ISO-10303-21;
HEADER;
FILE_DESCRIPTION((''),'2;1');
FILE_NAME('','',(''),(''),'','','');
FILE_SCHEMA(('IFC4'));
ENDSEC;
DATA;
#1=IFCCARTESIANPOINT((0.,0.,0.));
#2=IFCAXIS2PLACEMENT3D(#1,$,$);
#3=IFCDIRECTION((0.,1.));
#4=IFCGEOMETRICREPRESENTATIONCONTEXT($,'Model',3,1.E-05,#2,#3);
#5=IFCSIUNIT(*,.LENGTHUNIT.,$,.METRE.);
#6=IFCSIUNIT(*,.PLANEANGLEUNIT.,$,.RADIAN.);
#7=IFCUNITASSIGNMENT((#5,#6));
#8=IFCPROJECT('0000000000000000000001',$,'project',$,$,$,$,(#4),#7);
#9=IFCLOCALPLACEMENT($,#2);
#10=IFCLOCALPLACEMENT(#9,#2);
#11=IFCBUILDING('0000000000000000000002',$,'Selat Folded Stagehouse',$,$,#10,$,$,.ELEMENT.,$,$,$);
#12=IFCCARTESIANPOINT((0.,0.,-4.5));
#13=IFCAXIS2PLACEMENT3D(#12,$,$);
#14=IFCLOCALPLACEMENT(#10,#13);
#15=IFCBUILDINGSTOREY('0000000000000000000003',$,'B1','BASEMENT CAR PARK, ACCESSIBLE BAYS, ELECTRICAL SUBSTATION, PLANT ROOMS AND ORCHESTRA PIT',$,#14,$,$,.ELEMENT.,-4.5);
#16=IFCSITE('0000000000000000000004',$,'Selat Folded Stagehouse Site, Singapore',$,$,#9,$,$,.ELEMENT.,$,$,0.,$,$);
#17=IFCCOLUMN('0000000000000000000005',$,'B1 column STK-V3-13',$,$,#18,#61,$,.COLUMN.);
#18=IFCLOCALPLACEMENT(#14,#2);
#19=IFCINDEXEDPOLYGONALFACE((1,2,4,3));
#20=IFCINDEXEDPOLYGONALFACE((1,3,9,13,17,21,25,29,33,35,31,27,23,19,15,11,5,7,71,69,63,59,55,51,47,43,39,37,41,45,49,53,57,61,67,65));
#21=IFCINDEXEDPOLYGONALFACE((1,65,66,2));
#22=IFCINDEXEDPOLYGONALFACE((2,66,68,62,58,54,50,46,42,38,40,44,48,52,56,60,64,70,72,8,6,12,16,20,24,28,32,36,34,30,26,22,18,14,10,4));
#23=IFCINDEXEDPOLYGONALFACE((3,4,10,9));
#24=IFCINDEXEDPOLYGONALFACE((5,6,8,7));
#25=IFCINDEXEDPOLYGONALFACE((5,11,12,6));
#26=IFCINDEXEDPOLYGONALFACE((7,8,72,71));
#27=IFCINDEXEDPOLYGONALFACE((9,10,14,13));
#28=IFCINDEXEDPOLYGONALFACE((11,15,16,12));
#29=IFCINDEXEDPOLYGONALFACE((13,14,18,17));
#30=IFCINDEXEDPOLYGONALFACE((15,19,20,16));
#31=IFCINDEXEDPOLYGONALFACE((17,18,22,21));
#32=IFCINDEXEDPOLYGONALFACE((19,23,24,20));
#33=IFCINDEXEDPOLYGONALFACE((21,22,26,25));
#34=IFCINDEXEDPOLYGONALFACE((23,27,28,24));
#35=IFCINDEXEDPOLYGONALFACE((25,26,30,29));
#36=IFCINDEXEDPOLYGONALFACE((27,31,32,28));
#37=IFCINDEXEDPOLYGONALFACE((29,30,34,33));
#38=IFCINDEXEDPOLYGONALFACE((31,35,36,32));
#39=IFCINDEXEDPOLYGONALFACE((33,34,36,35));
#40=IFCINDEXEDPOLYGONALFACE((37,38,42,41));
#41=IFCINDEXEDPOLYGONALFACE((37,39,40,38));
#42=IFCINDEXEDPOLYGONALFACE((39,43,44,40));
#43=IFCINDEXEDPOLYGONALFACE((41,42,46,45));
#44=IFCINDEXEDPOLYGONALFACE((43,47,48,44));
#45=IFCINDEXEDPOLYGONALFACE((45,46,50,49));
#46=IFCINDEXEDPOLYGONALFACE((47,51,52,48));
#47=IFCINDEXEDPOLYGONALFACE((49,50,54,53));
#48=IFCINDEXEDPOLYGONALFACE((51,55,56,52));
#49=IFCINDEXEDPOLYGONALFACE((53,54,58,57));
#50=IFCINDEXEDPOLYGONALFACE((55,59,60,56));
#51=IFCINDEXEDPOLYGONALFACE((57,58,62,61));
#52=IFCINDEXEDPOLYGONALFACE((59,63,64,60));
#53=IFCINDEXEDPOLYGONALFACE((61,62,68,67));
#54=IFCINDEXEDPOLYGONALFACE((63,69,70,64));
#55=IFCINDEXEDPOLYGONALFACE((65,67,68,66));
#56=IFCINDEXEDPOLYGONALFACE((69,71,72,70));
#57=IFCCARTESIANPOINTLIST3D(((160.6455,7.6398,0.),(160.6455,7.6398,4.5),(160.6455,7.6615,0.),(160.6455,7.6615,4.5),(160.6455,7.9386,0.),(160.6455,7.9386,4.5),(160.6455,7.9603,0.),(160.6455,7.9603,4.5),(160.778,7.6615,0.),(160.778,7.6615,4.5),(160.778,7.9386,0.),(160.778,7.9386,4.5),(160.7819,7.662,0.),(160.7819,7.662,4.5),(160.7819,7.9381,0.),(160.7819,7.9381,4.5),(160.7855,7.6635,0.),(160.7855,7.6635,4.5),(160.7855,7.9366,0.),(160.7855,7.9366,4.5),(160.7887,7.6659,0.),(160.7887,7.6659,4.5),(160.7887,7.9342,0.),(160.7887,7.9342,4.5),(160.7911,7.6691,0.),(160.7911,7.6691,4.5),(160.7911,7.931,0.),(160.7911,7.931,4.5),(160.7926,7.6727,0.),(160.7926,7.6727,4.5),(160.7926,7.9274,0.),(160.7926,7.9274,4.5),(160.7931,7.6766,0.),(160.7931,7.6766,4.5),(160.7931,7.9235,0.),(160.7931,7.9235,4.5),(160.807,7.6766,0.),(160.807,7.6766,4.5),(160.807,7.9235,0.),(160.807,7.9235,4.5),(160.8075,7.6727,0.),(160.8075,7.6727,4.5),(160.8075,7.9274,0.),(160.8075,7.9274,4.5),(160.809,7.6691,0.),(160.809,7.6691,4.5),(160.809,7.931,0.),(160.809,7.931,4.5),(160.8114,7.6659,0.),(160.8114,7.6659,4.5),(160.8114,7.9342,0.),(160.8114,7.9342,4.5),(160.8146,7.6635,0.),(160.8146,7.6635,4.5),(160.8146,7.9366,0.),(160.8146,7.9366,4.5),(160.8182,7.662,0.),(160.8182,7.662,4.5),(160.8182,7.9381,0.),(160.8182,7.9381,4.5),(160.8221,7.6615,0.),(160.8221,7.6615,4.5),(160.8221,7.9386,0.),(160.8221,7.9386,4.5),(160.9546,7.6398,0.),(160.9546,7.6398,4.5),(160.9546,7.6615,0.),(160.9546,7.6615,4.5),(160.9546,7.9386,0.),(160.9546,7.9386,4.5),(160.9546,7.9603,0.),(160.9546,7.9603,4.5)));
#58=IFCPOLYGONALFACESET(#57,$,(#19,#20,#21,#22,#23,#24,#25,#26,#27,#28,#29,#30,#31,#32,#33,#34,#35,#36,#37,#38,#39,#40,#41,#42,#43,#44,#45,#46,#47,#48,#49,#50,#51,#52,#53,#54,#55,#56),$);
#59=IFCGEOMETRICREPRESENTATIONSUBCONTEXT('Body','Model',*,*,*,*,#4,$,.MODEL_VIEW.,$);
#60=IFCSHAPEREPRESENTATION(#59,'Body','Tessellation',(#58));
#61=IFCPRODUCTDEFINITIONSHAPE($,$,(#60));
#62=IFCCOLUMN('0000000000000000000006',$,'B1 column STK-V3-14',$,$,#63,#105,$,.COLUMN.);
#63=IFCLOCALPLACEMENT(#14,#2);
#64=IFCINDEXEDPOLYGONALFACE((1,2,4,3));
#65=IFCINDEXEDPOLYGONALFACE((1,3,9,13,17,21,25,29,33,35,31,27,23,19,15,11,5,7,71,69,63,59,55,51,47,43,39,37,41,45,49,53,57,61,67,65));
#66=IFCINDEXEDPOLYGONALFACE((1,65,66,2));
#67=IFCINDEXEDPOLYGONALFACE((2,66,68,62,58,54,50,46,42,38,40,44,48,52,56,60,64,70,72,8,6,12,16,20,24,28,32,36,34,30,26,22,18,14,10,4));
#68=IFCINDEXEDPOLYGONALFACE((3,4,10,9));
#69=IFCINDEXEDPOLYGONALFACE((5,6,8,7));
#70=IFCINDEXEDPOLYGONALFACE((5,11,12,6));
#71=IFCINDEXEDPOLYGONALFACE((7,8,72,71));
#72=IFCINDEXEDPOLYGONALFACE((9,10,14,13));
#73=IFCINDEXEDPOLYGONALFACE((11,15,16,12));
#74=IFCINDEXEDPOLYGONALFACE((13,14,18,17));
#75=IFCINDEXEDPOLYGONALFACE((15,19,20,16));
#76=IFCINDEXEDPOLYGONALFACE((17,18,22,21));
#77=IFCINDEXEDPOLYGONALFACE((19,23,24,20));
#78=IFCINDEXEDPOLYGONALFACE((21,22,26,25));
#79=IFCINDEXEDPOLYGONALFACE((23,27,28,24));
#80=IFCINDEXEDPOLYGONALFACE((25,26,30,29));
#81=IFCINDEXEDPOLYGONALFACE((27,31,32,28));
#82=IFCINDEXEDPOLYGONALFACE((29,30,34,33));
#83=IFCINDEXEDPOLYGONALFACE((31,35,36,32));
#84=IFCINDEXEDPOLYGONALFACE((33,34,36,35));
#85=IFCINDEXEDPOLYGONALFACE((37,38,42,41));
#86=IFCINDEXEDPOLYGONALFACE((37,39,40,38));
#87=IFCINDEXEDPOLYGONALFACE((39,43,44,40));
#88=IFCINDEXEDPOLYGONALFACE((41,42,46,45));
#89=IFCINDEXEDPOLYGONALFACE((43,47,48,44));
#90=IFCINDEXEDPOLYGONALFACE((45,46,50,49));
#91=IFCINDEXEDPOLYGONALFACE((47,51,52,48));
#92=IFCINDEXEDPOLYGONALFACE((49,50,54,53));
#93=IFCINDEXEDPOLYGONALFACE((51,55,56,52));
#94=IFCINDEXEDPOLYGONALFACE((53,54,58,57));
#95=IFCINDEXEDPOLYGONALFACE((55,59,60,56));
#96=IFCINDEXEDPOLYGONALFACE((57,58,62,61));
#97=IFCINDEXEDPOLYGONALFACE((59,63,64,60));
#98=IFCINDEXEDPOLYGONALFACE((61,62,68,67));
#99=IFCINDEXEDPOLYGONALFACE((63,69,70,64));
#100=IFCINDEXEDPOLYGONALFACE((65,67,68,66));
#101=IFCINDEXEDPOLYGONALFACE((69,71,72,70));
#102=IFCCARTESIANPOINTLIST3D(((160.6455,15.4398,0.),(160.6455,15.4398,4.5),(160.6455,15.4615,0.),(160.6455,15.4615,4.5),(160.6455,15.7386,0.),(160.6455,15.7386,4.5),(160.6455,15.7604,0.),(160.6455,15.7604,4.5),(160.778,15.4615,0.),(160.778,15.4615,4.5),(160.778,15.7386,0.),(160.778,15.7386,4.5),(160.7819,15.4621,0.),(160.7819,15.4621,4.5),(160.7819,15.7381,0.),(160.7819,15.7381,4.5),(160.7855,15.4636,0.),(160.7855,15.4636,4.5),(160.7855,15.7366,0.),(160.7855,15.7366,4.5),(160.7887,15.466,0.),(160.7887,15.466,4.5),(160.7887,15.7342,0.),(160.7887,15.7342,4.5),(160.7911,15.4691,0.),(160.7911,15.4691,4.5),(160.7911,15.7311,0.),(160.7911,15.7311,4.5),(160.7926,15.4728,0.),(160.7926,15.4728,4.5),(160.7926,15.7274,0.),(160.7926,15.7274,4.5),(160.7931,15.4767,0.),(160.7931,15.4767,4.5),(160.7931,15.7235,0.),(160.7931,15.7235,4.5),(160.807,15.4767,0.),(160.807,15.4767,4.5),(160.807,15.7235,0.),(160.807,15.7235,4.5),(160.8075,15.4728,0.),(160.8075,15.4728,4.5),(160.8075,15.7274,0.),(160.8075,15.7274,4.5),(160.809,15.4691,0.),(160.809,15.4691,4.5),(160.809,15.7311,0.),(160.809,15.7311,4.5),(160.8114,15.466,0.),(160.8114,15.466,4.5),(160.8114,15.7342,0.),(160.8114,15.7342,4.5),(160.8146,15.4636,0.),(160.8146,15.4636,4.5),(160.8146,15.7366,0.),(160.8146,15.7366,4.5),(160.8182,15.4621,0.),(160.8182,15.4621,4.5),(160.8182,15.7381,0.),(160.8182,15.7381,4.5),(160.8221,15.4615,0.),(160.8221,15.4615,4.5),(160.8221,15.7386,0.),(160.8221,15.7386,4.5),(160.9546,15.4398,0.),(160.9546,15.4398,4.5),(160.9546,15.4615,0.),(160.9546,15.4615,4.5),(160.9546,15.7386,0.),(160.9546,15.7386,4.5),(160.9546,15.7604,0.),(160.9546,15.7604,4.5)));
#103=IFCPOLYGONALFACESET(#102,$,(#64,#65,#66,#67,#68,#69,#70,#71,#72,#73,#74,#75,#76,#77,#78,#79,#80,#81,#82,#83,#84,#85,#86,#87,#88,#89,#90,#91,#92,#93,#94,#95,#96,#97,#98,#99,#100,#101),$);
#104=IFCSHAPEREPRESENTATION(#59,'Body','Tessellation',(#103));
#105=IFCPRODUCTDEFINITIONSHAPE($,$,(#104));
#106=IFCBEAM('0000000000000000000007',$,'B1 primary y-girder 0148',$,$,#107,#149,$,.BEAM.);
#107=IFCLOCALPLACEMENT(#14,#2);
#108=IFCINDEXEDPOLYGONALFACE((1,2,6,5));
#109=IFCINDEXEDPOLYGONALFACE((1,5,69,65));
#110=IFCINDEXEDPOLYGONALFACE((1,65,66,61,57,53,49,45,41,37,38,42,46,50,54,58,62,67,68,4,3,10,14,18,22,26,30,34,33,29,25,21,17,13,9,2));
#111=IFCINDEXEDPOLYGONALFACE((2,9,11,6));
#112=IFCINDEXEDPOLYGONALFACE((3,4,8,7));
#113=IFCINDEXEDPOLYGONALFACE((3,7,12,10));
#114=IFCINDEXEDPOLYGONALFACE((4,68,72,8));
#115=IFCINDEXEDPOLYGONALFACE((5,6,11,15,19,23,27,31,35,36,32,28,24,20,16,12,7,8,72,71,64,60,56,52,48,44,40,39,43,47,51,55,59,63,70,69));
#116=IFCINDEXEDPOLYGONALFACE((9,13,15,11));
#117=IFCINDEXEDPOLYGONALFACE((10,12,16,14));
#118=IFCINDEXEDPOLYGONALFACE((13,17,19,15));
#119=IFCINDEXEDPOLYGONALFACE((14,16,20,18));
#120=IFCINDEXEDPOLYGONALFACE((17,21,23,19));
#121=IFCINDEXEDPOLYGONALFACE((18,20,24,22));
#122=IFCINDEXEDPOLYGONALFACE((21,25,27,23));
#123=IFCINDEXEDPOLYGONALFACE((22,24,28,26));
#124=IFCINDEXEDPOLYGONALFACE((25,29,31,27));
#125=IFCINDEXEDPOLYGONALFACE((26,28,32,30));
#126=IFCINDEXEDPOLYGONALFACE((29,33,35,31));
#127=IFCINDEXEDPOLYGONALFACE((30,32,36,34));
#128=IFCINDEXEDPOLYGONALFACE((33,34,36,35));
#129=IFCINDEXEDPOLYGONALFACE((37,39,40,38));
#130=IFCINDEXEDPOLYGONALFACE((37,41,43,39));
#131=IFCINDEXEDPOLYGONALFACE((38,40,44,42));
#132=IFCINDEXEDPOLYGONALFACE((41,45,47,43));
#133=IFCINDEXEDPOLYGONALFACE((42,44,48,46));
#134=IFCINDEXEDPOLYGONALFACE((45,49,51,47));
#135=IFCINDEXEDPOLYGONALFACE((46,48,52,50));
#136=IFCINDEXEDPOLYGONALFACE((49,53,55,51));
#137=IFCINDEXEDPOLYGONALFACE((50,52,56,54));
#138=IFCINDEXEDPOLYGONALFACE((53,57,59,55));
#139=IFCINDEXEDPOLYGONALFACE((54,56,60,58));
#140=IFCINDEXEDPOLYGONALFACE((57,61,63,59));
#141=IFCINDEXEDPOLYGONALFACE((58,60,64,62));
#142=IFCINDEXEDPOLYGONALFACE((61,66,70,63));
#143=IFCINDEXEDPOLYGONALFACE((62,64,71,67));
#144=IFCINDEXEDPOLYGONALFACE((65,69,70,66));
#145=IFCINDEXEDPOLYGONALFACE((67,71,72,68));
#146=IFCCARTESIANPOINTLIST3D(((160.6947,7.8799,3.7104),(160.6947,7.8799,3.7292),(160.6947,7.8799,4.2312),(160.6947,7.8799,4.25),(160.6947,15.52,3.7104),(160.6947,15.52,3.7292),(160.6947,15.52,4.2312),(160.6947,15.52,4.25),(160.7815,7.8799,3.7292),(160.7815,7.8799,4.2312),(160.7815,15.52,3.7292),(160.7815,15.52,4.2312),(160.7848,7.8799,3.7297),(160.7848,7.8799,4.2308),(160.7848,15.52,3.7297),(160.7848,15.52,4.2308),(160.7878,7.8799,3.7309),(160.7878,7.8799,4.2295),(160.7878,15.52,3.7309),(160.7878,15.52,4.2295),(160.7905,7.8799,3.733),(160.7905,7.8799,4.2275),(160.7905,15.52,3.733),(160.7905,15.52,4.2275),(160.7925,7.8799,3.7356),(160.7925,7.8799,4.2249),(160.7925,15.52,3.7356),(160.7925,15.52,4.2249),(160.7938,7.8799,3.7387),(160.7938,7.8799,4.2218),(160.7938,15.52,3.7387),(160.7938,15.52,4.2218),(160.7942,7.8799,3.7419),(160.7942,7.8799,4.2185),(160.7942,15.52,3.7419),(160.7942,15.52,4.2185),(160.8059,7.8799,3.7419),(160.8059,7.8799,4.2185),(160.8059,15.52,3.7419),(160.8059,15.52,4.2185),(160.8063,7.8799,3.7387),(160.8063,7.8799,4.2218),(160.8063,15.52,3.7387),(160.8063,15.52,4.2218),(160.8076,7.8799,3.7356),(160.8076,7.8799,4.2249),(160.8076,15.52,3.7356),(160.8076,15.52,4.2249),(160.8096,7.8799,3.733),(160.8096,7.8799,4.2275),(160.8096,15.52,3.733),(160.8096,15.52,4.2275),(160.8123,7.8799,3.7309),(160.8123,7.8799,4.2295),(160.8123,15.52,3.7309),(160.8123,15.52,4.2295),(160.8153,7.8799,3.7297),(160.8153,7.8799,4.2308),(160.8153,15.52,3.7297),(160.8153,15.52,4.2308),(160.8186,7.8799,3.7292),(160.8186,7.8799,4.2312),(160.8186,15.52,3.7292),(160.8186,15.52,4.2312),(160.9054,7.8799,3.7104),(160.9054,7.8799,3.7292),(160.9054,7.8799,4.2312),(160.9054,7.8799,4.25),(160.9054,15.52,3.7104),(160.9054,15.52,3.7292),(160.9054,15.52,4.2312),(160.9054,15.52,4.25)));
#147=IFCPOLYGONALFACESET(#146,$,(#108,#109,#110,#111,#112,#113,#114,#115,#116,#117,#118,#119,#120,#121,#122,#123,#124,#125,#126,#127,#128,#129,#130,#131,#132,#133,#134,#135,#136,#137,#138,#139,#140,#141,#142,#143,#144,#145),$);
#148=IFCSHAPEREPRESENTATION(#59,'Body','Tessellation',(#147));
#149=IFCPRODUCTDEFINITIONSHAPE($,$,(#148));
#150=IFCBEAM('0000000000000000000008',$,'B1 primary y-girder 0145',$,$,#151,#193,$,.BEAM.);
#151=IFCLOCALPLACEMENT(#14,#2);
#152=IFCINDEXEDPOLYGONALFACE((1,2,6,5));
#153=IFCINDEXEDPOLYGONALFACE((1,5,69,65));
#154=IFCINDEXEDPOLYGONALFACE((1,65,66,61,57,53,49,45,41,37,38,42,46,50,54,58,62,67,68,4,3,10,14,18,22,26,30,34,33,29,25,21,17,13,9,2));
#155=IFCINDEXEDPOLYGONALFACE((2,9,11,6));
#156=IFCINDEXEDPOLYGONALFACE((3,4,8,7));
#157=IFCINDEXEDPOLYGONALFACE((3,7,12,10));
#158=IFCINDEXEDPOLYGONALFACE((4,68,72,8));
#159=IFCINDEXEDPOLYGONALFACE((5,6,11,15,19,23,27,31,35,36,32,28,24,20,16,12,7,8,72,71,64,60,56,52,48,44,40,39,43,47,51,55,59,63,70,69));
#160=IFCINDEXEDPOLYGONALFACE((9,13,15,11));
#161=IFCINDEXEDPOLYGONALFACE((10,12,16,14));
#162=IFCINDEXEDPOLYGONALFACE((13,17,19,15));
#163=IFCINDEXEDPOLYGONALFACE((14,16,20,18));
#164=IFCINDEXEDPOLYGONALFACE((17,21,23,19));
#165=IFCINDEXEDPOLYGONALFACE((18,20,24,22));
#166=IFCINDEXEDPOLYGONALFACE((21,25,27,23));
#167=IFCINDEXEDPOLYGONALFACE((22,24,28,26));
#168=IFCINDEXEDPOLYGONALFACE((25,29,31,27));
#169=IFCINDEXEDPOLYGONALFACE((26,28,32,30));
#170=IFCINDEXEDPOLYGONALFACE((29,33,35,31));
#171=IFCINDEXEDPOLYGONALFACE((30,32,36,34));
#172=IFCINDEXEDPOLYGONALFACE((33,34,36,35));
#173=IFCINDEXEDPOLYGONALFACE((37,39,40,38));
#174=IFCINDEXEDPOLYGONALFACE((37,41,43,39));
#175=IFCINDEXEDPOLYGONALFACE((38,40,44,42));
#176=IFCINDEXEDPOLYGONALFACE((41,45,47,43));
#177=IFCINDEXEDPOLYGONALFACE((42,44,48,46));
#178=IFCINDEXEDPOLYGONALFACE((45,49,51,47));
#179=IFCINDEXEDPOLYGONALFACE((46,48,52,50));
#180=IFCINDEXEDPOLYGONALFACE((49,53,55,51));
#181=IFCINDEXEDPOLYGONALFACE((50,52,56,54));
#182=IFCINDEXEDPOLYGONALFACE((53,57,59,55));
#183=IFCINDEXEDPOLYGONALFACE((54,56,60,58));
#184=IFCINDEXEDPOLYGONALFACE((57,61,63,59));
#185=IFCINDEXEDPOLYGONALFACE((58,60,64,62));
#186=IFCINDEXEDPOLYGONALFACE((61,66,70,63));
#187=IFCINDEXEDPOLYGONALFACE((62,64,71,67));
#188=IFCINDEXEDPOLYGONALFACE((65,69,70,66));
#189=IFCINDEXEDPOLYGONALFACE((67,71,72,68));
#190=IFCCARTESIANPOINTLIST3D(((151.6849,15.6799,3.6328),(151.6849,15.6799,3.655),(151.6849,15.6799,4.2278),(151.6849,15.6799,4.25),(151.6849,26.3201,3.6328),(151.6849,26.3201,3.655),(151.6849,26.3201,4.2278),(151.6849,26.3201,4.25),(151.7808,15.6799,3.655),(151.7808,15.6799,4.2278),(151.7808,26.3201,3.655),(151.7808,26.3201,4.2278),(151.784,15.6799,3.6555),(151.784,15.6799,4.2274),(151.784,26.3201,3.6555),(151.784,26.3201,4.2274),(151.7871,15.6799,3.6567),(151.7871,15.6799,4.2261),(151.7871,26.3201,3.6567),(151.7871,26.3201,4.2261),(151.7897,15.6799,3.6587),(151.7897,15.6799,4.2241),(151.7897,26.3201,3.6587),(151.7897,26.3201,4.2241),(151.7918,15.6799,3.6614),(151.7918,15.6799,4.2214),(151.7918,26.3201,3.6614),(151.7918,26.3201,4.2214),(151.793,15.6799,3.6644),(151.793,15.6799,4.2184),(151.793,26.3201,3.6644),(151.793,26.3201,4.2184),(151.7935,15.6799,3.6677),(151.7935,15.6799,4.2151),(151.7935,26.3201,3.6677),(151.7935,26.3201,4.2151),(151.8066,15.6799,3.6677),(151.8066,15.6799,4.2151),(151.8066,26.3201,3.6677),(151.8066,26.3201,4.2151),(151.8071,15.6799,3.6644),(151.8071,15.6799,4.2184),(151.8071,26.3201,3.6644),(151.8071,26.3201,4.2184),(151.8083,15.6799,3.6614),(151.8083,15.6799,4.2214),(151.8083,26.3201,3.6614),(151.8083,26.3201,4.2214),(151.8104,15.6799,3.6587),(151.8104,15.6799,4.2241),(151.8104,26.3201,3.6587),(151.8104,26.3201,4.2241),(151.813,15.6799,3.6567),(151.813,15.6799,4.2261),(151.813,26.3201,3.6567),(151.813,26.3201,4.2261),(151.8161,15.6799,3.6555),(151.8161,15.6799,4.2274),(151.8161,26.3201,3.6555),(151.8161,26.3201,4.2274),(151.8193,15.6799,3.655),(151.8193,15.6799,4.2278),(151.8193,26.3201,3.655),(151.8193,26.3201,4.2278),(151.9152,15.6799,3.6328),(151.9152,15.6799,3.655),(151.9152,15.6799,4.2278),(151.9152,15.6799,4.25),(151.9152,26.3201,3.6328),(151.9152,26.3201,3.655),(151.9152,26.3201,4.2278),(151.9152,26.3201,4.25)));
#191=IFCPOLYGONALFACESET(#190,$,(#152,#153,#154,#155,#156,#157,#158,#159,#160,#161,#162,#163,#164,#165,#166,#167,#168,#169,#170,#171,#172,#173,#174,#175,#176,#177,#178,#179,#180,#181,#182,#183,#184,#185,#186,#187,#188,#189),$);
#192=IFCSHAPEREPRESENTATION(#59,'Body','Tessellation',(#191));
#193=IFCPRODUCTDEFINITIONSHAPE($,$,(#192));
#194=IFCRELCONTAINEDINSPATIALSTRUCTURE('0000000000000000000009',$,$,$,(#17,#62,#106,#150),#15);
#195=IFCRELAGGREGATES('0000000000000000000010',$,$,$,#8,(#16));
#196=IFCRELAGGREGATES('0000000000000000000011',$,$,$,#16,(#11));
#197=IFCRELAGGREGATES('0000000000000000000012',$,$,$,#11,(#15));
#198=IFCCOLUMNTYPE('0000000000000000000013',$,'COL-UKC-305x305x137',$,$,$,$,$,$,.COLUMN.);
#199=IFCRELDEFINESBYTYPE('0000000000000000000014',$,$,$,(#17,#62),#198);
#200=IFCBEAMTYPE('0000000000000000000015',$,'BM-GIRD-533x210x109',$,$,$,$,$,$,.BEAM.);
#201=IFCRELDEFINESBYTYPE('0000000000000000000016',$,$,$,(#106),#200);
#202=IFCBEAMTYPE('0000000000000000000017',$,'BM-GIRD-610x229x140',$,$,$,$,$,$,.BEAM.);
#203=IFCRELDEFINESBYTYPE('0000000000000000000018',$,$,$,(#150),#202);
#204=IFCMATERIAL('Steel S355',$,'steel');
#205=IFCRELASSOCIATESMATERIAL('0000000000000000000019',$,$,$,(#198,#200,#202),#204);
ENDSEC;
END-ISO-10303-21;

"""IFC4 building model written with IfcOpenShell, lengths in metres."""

from ifc_helpers import new_model, si_unit, direction, frame, origin, origin_2d, place, context, subcontext, project, spatial, i_section, extrude, material, material_profile, profile_set, type_object, element, save


model = new_model("IFC4")

# Units and contexts
model_context = context("Model", 3, precision=1e-05, world=origin(), true_north=direction((0.0, 1.0)))
body_context = subcontext(model_context, "Body", "Model", "MODEL_VIEW")
ifc_project = project(units=[si_unit("LENGTHUNIT", "METRE"), si_unit("PLANEANGLEUNIT", "RADIAN")], contexts=[model_context])

# Site, building, storey
site_placement = place(None, origin())
site = spatial("IfcSite", under=ifc_project, at=site_placement, Name="Selat Folded Stagehouse Site, Singapore", CompositionType="ELEMENT", RefElevation=0.0)
building_placement = place(site_placement, origin())
building = spatial("IfcBuilding", under=site, at=building_placement, Name="Selat Folded Stagehouse", CompositionType="ELEMENT")
storey_placement = place(building_placement, frame((0.0, 0.0, -4.5)))
storey = spatial("IfcBuildingStorey", under=building, at=storey_placement, Name="B1", Description="BASEMENT CAR PARK, ACCESSIBLE BAYS, ELECTRICAL SUBSTATION, PLANT ROOMS AND ORCHESTRA PIT", CompositionType="ELEMENT", Elevation=-4.5)

# Columns
ifc_material_1 = material(Name="Steel S355", Category="steel")
ifc_material_profile_1 = material_profile(ifc_material_1, i_section(OverallWidth=0.3091, OverallDepth=0.3206, WebThickness=0.0139, FlangeThickness=0.0217, FilletRadius=0.0151, at=origin_2d()), Name="UKC 305x305x137")
ifc_profile_set_1 = profile_set([ifc_material_profile_1], Name="Steel S355")
column_type = type_object("IfcColumnType", Name="COL-UKC-305x305x137", PredefinedType="COLUMN", material=ifc_profile_set_1)
for number, where, z_axis, x_axis, name in (
    (1, (160.8, 7.8, 0.0), (0.0, 0.0, 1.0), (1.0, 0.0, 0.0), "B1 column STK-V3-13"),
    (2, (160.8, 15.6001, 0.0), (0.0, 0.0, 1.0), (1.0, 0.0, 0.0), "B1 column STK-V3-14"),
):
    element("IfcColumn", number, at=place(storey_placement, frame(where, z_axis=z_axis, x_axis=x_axis)), inside=storey, type_object=column_type, Name=name, PredefinedType="COLUMN", context=body_context, shape_type="SweptSolid", body=[
        extrude(i_section(OverallWidth=0.3091, OverallDepth=0.3206, WebThickness=0.0139, FlangeThickness=0.0217, FilletRadius=0.0151, at=origin_2d()), origin(), (0.0, 0.0, 1.0), 4.5),
    ])

# Beams
ifc_material_profile_2 = material_profile(ifc_material_1, i_section(OverallWidth=0.2107, OverallDepth=0.5396, WebThickness=0.0117, FlangeThickness=0.0188, FilletRadius=0.0127, at=origin_2d()), Name="UKB 533x210x109")
ifc_profile_set_2 = profile_set([ifc_material_profile_2], Name="Steel S355")
beam_type_1 = type_object("IfcBeamType", Name="BM-GIRD-533x210x109", PredefinedType="BEAM", material=ifc_profile_set_2)
beam_1_placement = place(storey_placement, frame((160.8, 7.8799, 3.9802), z_axis=(0.0, 1.0, 0.0), x_axis=(-1.0, 0.0, 0.0)))
element("IfcBeam", 3, at=beam_1_placement, inside=storey, type_object=beam_type_1, Name="B1 primary y-girder 0148", PredefinedType="BEAM", context=body_context, shape_type="SweptSolid", body=[
    extrude(i_section(OverallWidth=0.2107, OverallDepth=0.5396, WebThickness=0.0117, FlangeThickness=0.0188, FilletRadius=0.0127, at=origin_2d()), origin(), (0.0, 0.0, 1.0), 7.6401),
])
ifc_material_profile_3 = material_profile(ifc_material_1, i_section(OverallWidth=0.2302, OverallDepth=0.6172, WebThickness=0.0132, FlangeThickness=0.0222, FilletRadius=0.0127, at=origin_2d()), Name="UKB 610x229x140")
ifc_profile_set_3 = profile_set([ifc_material_profile_3], Name="Steel S355")
beam_type_2 = type_object("IfcBeamType", Name="BM-GIRD-610x229x140", PredefinedType="BEAM", material=ifc_profile_set_3)
for number, where, z_axis, x_axis, name in (
    (4, (151.8, 15.6799, 3.9414), (0.0, 1.0, 0.0), (-1.0, 0.0, 0.0), "B1 primary y-girder 0145"),
):
    element("IfcBeam", number, at=place(storey_placement, frame(where, z_axis=z_axis, x_axis=x_axis)), inside=storey, type_object=beam_type_2, Name=name, PredefinedType="BEAM", context=body_context, shape_type="SweptSolid", body=[
        extrude(i_section(OverallWidth=0.2302, OverallDepth=0.6172, WebThickness=0.0132, FlangeThickness=0.0222, FilletRadius=0.0127, at=origin_2d()), origin(), (0.0, 0.0, 1.0), 10.6401),
    ])

save(model, "model.ifc")
